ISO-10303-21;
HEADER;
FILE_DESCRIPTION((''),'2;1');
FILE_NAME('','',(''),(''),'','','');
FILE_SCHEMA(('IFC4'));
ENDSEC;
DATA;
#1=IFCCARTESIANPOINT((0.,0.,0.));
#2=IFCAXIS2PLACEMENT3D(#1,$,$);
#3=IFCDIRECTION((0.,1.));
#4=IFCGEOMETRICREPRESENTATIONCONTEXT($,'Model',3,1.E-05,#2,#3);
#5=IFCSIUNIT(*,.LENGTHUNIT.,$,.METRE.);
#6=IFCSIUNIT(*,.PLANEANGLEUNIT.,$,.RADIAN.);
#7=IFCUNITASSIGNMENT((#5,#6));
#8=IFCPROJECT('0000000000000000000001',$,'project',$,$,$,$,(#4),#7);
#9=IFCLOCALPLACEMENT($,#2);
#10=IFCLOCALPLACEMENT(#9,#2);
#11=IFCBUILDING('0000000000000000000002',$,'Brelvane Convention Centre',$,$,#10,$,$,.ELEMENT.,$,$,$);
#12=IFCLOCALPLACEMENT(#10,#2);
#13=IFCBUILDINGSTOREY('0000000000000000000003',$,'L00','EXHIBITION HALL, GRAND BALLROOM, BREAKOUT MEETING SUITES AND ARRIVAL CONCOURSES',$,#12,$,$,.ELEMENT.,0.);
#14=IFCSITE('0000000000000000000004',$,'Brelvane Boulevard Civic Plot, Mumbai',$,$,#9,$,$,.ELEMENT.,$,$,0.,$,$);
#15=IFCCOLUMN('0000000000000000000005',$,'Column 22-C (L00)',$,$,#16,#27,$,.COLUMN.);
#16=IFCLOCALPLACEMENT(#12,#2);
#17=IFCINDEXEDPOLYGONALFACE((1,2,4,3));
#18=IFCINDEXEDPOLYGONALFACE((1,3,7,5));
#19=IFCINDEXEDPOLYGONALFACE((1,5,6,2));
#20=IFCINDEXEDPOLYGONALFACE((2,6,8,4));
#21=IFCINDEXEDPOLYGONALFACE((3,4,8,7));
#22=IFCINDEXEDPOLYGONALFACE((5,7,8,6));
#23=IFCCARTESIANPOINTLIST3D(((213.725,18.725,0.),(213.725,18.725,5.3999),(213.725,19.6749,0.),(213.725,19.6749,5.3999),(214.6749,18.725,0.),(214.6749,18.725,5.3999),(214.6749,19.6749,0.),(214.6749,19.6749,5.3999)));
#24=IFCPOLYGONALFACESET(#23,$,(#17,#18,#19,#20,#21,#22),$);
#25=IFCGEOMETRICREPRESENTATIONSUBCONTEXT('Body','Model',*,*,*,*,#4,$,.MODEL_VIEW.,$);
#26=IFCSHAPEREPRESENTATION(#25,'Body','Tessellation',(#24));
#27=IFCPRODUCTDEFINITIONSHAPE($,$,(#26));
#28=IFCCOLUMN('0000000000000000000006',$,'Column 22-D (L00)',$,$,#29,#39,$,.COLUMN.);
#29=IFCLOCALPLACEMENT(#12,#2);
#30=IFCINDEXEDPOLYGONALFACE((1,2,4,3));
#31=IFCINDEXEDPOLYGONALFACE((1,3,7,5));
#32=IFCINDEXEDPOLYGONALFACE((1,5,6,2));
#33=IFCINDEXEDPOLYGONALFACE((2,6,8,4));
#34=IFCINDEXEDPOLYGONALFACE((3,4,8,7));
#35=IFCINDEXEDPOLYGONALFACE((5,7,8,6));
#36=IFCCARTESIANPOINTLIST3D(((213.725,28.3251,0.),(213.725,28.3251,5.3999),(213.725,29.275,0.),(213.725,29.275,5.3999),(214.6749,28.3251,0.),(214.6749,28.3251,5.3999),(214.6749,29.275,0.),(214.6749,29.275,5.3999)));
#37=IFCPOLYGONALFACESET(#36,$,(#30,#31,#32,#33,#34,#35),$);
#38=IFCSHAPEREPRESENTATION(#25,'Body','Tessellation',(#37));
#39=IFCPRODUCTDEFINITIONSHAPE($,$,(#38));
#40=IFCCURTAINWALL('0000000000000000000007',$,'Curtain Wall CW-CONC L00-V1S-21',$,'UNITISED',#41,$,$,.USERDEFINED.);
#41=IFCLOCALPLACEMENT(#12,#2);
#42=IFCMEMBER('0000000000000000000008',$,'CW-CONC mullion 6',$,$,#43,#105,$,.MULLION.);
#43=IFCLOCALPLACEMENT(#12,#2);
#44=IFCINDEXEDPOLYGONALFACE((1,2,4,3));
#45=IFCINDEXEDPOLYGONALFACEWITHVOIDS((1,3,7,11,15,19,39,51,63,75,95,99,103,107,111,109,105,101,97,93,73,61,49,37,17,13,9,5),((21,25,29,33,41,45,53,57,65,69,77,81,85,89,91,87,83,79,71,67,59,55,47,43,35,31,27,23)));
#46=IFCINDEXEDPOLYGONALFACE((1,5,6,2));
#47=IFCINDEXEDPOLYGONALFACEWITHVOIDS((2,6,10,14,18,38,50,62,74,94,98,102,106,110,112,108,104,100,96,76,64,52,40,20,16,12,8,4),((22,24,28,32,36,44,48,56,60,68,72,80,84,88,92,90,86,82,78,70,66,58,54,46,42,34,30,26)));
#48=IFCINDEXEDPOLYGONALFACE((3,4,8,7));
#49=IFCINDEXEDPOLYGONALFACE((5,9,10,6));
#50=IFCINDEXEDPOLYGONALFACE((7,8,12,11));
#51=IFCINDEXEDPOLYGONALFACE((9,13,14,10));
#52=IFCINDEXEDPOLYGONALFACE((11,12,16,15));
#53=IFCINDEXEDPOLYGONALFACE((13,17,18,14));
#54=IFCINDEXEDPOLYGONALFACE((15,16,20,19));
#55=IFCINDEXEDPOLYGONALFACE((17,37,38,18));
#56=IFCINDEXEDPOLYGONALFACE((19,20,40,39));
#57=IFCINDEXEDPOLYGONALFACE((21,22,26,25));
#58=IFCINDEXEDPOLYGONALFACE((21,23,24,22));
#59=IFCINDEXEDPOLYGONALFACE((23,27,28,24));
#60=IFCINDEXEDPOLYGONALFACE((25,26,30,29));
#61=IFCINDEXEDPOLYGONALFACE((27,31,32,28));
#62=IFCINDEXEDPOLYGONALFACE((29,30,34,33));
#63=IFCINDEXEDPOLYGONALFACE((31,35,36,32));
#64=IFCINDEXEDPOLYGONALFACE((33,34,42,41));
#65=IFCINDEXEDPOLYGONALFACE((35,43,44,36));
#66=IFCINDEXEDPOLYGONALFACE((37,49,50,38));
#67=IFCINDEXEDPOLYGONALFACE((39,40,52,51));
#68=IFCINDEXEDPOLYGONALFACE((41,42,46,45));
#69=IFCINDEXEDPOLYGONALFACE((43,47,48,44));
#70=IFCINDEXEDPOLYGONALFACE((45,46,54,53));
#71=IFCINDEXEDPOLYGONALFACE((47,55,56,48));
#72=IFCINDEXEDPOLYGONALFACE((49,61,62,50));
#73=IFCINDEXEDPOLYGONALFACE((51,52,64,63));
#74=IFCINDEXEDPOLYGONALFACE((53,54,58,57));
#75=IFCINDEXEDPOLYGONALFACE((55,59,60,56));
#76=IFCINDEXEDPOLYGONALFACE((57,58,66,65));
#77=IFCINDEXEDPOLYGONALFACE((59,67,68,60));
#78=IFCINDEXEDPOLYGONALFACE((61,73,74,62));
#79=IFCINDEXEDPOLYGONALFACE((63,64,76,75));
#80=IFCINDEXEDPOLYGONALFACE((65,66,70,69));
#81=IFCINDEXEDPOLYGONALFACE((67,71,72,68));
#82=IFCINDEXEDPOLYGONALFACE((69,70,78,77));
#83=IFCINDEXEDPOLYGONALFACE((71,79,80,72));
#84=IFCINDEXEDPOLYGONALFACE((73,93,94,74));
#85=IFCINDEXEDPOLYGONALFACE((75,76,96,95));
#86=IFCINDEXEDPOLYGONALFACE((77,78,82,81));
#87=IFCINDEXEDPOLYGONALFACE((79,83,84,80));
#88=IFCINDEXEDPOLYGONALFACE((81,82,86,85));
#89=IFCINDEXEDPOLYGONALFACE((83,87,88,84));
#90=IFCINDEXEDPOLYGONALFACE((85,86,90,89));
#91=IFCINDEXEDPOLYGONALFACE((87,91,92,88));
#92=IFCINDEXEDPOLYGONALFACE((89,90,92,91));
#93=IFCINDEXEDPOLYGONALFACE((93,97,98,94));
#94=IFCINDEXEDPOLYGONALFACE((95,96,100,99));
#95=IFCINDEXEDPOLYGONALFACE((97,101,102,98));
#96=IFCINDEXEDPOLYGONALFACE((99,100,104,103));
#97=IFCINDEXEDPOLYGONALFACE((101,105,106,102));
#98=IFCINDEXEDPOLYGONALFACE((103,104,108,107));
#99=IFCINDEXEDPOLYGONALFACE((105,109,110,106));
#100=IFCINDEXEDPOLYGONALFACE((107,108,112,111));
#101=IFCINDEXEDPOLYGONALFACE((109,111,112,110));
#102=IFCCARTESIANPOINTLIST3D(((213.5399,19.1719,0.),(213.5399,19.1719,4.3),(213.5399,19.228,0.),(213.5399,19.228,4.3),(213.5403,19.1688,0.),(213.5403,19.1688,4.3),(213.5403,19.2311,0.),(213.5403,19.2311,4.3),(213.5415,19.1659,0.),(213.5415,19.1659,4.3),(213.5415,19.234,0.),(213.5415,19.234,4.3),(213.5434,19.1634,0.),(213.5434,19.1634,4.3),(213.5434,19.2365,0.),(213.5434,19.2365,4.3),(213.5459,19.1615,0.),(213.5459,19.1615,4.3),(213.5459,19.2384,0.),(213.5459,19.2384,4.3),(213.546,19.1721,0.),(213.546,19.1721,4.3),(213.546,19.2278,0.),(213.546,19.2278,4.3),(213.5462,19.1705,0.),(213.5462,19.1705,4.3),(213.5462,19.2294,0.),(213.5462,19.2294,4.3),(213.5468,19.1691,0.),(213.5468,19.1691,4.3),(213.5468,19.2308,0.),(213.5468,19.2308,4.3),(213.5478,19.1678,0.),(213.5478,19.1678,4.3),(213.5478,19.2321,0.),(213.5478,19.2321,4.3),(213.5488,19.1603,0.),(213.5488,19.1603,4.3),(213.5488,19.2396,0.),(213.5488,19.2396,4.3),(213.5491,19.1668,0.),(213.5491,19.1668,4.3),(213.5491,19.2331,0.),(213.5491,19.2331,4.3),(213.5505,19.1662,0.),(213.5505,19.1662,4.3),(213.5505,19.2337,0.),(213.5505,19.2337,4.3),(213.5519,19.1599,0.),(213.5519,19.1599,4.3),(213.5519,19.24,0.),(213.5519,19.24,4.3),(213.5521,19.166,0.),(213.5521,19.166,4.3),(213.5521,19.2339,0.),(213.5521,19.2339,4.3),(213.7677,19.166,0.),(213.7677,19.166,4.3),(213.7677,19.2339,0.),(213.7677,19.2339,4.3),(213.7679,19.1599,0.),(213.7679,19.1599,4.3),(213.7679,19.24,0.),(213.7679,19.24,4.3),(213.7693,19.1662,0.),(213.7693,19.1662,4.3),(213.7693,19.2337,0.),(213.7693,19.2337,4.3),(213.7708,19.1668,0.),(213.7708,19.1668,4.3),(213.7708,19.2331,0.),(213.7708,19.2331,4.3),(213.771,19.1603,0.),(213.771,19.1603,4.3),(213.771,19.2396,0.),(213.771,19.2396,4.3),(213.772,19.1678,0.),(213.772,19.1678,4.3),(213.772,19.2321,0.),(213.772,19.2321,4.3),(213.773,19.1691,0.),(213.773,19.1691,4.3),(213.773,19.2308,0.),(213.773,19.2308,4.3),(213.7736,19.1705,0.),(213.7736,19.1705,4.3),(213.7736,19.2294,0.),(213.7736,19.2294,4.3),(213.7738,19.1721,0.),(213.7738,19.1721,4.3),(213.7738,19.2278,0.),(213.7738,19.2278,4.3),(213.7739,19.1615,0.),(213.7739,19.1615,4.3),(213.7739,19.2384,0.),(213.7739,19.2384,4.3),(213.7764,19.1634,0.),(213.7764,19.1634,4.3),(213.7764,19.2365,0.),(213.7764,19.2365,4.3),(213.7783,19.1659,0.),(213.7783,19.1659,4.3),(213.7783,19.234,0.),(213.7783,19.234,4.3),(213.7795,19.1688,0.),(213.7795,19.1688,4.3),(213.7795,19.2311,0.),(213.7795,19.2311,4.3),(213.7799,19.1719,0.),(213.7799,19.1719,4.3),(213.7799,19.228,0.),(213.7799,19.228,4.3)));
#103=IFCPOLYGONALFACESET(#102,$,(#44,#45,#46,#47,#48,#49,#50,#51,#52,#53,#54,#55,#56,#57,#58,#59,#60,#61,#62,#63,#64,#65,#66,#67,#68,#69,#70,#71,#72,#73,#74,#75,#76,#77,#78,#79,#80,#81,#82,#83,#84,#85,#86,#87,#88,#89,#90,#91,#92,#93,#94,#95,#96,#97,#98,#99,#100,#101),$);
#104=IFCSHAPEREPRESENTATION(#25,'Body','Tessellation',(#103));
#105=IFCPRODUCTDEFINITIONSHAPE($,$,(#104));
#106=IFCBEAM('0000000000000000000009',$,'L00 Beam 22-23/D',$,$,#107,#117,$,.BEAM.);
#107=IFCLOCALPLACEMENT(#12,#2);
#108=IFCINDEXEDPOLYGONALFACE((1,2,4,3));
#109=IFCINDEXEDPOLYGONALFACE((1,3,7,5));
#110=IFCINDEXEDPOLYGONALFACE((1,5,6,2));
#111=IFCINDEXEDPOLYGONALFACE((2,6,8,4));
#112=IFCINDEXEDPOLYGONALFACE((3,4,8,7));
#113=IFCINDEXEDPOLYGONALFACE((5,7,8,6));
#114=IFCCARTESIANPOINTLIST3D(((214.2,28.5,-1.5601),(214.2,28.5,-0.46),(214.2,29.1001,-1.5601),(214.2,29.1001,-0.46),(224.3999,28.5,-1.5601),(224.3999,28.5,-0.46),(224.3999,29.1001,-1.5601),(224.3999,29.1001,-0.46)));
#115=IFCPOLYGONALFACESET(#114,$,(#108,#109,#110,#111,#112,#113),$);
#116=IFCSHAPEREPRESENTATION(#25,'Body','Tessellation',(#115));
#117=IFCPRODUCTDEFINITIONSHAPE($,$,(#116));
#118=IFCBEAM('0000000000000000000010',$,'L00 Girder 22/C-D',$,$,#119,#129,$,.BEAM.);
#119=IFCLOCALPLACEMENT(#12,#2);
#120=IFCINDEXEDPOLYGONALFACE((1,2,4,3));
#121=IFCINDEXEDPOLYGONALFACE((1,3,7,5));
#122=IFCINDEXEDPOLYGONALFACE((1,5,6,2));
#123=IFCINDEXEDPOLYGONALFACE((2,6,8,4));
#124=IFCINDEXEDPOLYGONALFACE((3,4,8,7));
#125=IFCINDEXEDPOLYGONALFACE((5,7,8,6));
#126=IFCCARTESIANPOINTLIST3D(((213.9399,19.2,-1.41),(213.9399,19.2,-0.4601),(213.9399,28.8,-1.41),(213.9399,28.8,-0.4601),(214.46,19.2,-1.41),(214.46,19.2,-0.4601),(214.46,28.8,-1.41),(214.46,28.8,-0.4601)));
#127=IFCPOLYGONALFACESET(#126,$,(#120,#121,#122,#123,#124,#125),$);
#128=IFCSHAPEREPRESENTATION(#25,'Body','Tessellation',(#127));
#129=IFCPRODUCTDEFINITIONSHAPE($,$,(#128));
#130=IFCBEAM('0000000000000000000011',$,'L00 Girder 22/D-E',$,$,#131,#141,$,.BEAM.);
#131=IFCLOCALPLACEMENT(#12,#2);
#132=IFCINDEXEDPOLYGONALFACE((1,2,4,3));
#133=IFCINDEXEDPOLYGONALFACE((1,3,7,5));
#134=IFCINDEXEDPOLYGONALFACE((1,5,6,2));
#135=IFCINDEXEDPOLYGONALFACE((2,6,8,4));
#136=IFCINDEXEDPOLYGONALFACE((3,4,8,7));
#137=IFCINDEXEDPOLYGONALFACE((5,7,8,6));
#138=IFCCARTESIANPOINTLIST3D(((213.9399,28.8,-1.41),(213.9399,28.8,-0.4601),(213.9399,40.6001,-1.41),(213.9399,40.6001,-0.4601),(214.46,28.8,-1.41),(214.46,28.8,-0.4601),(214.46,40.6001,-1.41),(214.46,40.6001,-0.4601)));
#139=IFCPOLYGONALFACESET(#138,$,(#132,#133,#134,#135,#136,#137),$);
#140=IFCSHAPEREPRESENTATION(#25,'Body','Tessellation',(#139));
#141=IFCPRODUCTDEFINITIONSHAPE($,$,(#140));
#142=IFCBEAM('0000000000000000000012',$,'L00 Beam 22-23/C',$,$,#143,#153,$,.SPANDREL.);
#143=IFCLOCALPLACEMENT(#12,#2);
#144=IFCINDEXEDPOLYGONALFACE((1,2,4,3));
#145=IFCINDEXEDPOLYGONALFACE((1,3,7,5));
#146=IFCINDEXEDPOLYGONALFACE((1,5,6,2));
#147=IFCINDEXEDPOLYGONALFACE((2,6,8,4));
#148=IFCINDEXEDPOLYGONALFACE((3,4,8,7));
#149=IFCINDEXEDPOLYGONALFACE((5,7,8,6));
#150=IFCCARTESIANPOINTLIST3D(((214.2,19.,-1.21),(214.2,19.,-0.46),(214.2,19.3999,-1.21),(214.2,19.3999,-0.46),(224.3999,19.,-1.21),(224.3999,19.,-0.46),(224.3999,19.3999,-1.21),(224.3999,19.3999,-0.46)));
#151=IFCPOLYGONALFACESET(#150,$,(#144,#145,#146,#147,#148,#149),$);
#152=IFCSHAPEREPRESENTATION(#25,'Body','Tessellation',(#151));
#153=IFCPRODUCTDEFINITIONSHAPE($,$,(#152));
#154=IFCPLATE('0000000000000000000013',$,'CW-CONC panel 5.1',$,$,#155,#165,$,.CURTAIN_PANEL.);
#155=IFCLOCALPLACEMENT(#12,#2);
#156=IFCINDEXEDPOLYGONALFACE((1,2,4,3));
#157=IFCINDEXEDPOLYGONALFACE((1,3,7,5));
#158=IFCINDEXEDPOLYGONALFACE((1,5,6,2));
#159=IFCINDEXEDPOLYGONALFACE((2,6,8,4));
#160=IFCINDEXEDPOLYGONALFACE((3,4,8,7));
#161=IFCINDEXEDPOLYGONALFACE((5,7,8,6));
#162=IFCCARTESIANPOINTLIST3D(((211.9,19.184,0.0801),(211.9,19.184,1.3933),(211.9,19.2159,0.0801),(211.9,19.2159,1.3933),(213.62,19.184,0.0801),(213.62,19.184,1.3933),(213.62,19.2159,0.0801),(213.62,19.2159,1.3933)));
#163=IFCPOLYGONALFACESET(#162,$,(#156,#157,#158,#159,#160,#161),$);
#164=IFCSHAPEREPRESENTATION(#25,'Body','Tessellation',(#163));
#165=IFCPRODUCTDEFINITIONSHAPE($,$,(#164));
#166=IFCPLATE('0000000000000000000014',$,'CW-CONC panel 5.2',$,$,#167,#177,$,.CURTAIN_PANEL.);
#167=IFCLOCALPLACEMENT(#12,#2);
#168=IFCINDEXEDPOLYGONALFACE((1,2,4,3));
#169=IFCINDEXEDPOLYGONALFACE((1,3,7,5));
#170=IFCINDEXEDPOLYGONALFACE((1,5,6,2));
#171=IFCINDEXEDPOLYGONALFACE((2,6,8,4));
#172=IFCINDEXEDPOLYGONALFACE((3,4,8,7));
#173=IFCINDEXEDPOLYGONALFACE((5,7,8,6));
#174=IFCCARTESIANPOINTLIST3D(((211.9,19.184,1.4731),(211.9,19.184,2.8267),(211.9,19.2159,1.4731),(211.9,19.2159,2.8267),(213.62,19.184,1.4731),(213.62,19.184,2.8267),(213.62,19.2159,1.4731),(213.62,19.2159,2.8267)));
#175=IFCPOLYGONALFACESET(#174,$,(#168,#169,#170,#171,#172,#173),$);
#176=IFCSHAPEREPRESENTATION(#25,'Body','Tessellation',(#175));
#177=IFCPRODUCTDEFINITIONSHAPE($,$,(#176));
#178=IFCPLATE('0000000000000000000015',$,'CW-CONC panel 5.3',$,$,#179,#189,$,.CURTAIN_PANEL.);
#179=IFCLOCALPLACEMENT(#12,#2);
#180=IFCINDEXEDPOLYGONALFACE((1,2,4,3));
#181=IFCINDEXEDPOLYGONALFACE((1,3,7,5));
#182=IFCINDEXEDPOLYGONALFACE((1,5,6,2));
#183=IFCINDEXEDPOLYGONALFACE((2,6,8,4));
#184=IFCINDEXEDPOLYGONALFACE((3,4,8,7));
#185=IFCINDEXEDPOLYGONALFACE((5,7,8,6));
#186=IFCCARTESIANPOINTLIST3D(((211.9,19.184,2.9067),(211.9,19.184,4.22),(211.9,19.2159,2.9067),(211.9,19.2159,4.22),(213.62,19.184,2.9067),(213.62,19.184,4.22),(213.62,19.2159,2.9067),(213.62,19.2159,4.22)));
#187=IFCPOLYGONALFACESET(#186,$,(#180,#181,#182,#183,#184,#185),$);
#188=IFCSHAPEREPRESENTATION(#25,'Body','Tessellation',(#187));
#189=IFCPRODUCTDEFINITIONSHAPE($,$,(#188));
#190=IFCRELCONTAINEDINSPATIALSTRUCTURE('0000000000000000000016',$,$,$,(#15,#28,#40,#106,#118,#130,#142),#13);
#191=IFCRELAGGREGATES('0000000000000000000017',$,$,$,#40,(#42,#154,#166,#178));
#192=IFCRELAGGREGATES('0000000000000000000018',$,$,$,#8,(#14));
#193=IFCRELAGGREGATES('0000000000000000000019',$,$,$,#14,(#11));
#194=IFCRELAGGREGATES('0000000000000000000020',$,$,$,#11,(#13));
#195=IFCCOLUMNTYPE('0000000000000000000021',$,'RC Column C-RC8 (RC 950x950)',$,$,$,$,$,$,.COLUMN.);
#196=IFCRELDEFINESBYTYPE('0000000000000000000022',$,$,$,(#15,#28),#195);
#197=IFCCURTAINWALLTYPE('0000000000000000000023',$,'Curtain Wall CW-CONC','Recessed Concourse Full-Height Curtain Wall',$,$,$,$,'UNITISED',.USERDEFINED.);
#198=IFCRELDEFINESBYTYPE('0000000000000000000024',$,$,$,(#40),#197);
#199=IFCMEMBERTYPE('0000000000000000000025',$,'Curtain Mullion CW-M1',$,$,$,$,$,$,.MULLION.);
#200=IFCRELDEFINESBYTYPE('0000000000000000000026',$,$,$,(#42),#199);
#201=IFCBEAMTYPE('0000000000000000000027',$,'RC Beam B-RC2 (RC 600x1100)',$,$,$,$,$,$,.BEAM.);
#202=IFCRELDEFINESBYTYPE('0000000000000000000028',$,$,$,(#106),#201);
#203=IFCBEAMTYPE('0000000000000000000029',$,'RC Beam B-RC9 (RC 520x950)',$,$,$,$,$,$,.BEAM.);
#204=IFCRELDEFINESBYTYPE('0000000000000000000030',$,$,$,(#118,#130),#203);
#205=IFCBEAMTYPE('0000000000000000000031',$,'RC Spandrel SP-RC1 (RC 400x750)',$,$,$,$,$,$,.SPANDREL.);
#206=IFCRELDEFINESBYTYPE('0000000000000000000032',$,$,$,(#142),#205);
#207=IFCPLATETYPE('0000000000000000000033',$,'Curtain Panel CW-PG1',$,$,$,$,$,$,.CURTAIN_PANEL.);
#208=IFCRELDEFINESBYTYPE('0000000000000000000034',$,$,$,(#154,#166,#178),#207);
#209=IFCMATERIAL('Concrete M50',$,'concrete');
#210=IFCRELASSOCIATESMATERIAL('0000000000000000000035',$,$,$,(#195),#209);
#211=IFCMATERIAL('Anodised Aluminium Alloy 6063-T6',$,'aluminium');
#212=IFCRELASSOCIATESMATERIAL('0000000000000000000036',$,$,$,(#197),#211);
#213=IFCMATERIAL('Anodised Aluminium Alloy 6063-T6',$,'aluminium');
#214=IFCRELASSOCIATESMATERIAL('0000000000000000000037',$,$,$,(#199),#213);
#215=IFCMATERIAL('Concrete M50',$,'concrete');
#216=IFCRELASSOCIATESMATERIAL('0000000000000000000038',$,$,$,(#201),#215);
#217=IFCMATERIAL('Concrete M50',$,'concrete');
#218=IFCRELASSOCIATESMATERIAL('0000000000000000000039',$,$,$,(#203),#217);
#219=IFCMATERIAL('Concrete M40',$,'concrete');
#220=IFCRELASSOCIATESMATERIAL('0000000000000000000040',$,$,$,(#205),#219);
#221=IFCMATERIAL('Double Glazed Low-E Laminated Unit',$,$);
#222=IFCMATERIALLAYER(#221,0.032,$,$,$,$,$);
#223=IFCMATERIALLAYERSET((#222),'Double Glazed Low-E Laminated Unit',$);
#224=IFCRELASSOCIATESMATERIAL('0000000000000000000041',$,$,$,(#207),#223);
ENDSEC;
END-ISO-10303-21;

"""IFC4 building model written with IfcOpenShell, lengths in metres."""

from ifc_helpers import new_model, si_unit, direction, frame, origin, origin_2d, place, context, subcontext, project, spatial, rectangle, hollow_rectangle, extrude, material, layer, layer_set, material_profile, profile_set, type_object, element, aggregate, save


model = new_model("IFC4")

# Units and contexts
model_context = context("Model", 3, precision=1e-05, world=origin(), true_north=direction((0.0, 1.0)))
body_context = subcontext(model_context, "Body", "Model", "MODEL_VIEW")
ifc_project = project(units=[si_unit("LENGTHUNIT", "METRE"), si_unit("PLANEANGLEUNIT", "RADIAN")], contexts=[model_context])

# Site, building, storey
site_placement = place(None, origin())
site = spatial("IfcSite", under=ifc_project, at=site_placement, Name="Brelvane Boulevard Civic Plot, Mumbai", CompositionType="ELEMENT", RefElevation=0.0)
building_placement = place(site_placement, origin())
building = spatial("IfcBuilding", under=site, at=building_placement, Name="Brelvane Convention Centre", CompositionType="ELEMENT")
storey_placement = place(building_placement, origin())
storey = spatial("IfcBuildingStorey", under=building, at=storey_placement, Name="L00", Description="EXHIBITION HALL, GRAND BALLROOM, BREAKOUT MEETING SUITES AND ARRIVAL CONCOURSES", CompositionType="ELEMENT", Elevation=0.0)

# Columns
ifc_material_1 = material(Name="Concrete M50", Category="concrete")
ifc_material_profile_1 = material_profile(ifc_material_1, rectangle(XDim=0.95, YDim=0.95, at=origin_2d()), Name="RC 950x950")
ifc_profile_set_1 = profile_set([ifc_material_profile_1], Name="Concrete M50")
column_type = type_object("IfcColumnType", Name="RC Column C-RC8 (RC 950x950)", PredefinedType="COLUMN", material=ifc_profile_set_1)
for number, where, z_axis, x_axis, name in (
    (1, (214.2, 19.2, 0.0), (0.0, 0.0, 1.0), (1.0, 0.0, 0.0), "Column 22-C (L00)"),
    (2, (214.2, 28.8, 0.0), (0.0, 0.0, 1.0), (1.0, 0.0, 0.0), "Column 22-D (L00)"),
):
    element("IfcColumn", number, at=place(storey_placement, frame(where, z_axis=z_axis, x_axis=x_axis)), inside=storey, type_object=column_type, Name=name, PredefinedType="COLUMN", context=body_context, shape_type="SweptSolid", body=[
        extrude(rectangle(XDim=0.95, YDim=0.95, at=origin_2d()), origin(), (0.0, 0.0, 1.0), 5.3999),
    ])

# Curtain wall, member
ifc_material_2 = material(Name="Anodised Aluminium Alloy 6063-T6", Category="aluminium")
curtain_wall_type = type_object("IfcCurtainWallType", Name="Curtain Wall CW-CONC", Description="Recessed Concourse Full-Height Curtain Wall", ElementType="UNITISED", PredefinedType="USERDEFINED", material=ifc_material_2)
curtain_wall_placement = place(storey_placement, origin())
curtain_wall = element("IfcCurtainWall", 3, at=curtain_wall_placement, inside=storey, type_object=curtain_wall_type, Name="Curtain Wall CW-CONC L00-V1S-21", ObjectType="UNITISED", PredefinedType="USERDEFINED")
ifc_material_3 = material(Name="Anodised Aluminium Alloy 6063-T6", Category="aluminium")
ifc_material_profile_2 = material_profile(ifc_material_3, hollow_rectangle(XDim=0.0801, YDim=0.24, WallThickness=0.0061, InnerFilletRadius=0.0061, OuterFilletRadius=0.012, at=origin_2d()), Name="ALU-M 240x80x6.0")
ifc_profile_set_2 = profile_set([ifc_material_profile_2], Name="Anodised Aluminium Alloy 6063-T6")
member_type = type_object("IfcMemberType", Name="Curtain Mullion CW-M1", PredefinedType="MULLION", material=ifc_profile_set_2)
member_placement = place(storey_placement, frame((213.6599, 19.2, 0.0), z_axis=(0.0, 0.0, 1.0), x_axis=(0.0, 1.0, 0.0)))
member = element("IfcMember", 4, at=member_placement, type_object=member_type, Name="CW-CONC mullion 6", PredefinedType="MULLION", context=body_context, shape_type="SweptSolid", body=[
    extrude(hollow_rectangle(XDim=0.0801, YDim=0.24, WallThickness=0.0061, InnerFilletRadius=0.0061, OuterFilletRadius=0.012, at=origin_2d()), origin(), (0.0, 0.0, 1.0), 4.3),
])

# Beams
ifc_material_4 = material(Name="Concrete M50", Category="concrete")
ifc_material_profile_3 = material_profile(ifc_material_4, rectangle(XDim=0.6001, YDim=1.1001, at=origin_2d()), Name="RC 600x1100")
ifc_profile_set_3 = profile_set([ifc_material_profile_3], Name="Concrete M50")
beam_type_1 = type_object("IfcBeamType", Name="RC Beam B-RC2 (RC 600x1100)", PredefinedType="BEAM", material=ifc_profile_set_3)
beam_1_placement = place(storey_placement, frame((214.2, 28.8, -1.01), z_axis=(1.0, 0.0, 0.0), x_axis=(0.0, 1.0, 0.0)))
element("IfcBeam", 5, at=beam_1_placement, inside=storey, type_object=beam_type_1, Name="L00 Beam 22-23/D", PredefinedType="BEAM", context=body_context, shape_type="SweptSolid", body=[
    extrude(rectangle(XDim=0.6001, YDim=1.1001, at=origin_2d()), origin(), (0.0, 0.0, 1.0), 10.2),
])
ifc_material_5 = material(Name="Concrete M50", Category="concrete")
ifc_material_profile_4 = material_profile(ifc_material_5, rectangle(XDim=0.52, YDim=0.95, at=origin_2d()), Name="RC 520x950")
ifc_profile_set_4 = profile_set([ifc_material_profile_4], Name="Concrete M50")
beam_type_2 = type_object("IfcBeamType", Name="RC Beam B-RC9 (RC 520x950)", PredefinedType="BEAM", material=ifc_profile_set_4)
beam_2_placement = place(storey_placement, frame((214.2, 19.2, -0.9351), z_axis=(0.0, 1.0, 0.0), x_axis=(-1.0, 0.0, 0.0)))
element("IfcBeam", 6, at=beam_2_placement, inside=storey, type_object=beam_type_2, Name="L00 Girder 22/C-D", PredefinedType="BEAM", context=body_context, shape_type="SweptSolid", body=[
    extrude(rectangle(XDim=0.52, YDim=0.95, at=origin_2d()), origin(), (0.0, 0.0, 1.0), 9.6001),
])
beam_3_placement = place(storey_placement, frame((214.2, 28.8, -0.9351), z_axis=(0.0, 1.0, 0.0), x_axis=(-1.0, 0.0, 0.0)))
element("IfcBeam", 7, at=beam_3_placement, inside=storey, type_object=beam_type_2, Name="L00 Girder 22/D-E", PredefinedType="BEAM", context=body_context, shape_type="SweptSolid", body=[
    extrude(rectangle(XDim=0.52, YDim=0.95, at=origin_2d()), origin(), (0.0, 0.0, 1.0), 11.8),
])
ifc_material_6 = material(Name="Concrete M40", Category="concrete")
ifc_material_profile_5 = material_profile(ifc_material_6, rectangle(XDim=0.3999, YDim=0.75, at=origin_2d()), Name="RC 400x750")
ifc_profile_set_5 = profile_set([ifc_material_profile_5], Name="Concrete M40")
beam_type_3 = type_object("IfcBeamType", Name="RC Spandrel SP-RC1 (RC 400x750)", PredefinedType="SPANDREL", material=ifc_profile_set_5)
beam_4_placement = place(storey_placement, frame((214.2, 19.2, -0.835), z_axis=(1.0, 0.0, 0.0), x_axis=(0.0, 1.0, 0.0)))
element("IfcBeam", 8, at=beam_4_placement, inside=storey, type_object=beam_type_3, Name="L00 Beam 22-23/C", PredefinedType="SPANDREL", context=body_context, shape_type="SweptSolid", body=[
    extrude(rectangle(XDim=0.3999, YDim=0.75, at=origin_2d()), origin(), (0.0, 0.0, 1.0), 10.2),
])

# Plates
ifc_material_7 = material(Name="Double Glazed Low-E Laminated Unit")
ifc_layer_1 = layer(ifc_material_7, 0.032)
ifc_layer_set_1 = layer_set([ifc_layer_1], Name="Double Glazed Low-E Laminated Unit")
plate_type = type_object("IfcPlateType", Name="Curtain Panel CW-PG1", PredefinedType="CURTAIN_PANEL", material=ifc_layer_set_1)
plate_1_placement = place(storey_placement, frame((212.76, 19.2, 0.0801), z_axis=(0.0, 0.0, 1.0), x_axis=(1.0, 0.0, 0.0)))
plate_1 = element("IfcPlate", 9, at=plate_1_placement, type_object=plate_type, Name="CW-CONC panel 5.1", PredefinedType="CURTAIN_PANEL", context=body_context, shape_type="SweptSolid", body=[
    extrude(rectangle(XDim=1.72, YDim=0.032, at=origin_2d()), origin(), (0.0, 0.0, 1.0), 1.3132),
])
plate_2_placement = place(storey_placement, frame((212.76, 19.2, 1.4731), z_axis=(0.0, 0.0, 1.0), x_axis=(1.0, 0.0, 0.0)))
plate_2 = element("IfcPlate", 10, at=plate_2_placement, type_object=plate_type, Name="CW-CONC panel 5.2", PredefinedType="CURTAIN_PANEL", context=body_context, shape_type="SweptSolid", body=[
    extrude(rectangle(XDim=1.72, YDim=0.032, at=origin_2d()), origin(), (0.0, 0.0, 1.0), 1.3535),
])
plate_3_placement = place(storey_placement, frame((212.76, 19.2, 2.9067), z_axis=(0.0, 0.0, 1.0), x_axis=(1.0, 0.0, 0.0)))
plate_3 = element("IfcPlate", 11, at=plate_3_placement, type_object=plate_type, Name="CW-CONC panel 5.3", PredefinedType="CURTAIN_PANEL", context=body_context, shape_type="SweptSolid", body=[
    extrude(rectangle(XDim=1.72, YDim=0.032, at=origin_2d()), origin(), (0.0, 0.0, 1.0), 1.3132),
])
aggregate(curtain_wall, [member, plate_1, plate_2, plate_3])

save(model, "model.ifc")
